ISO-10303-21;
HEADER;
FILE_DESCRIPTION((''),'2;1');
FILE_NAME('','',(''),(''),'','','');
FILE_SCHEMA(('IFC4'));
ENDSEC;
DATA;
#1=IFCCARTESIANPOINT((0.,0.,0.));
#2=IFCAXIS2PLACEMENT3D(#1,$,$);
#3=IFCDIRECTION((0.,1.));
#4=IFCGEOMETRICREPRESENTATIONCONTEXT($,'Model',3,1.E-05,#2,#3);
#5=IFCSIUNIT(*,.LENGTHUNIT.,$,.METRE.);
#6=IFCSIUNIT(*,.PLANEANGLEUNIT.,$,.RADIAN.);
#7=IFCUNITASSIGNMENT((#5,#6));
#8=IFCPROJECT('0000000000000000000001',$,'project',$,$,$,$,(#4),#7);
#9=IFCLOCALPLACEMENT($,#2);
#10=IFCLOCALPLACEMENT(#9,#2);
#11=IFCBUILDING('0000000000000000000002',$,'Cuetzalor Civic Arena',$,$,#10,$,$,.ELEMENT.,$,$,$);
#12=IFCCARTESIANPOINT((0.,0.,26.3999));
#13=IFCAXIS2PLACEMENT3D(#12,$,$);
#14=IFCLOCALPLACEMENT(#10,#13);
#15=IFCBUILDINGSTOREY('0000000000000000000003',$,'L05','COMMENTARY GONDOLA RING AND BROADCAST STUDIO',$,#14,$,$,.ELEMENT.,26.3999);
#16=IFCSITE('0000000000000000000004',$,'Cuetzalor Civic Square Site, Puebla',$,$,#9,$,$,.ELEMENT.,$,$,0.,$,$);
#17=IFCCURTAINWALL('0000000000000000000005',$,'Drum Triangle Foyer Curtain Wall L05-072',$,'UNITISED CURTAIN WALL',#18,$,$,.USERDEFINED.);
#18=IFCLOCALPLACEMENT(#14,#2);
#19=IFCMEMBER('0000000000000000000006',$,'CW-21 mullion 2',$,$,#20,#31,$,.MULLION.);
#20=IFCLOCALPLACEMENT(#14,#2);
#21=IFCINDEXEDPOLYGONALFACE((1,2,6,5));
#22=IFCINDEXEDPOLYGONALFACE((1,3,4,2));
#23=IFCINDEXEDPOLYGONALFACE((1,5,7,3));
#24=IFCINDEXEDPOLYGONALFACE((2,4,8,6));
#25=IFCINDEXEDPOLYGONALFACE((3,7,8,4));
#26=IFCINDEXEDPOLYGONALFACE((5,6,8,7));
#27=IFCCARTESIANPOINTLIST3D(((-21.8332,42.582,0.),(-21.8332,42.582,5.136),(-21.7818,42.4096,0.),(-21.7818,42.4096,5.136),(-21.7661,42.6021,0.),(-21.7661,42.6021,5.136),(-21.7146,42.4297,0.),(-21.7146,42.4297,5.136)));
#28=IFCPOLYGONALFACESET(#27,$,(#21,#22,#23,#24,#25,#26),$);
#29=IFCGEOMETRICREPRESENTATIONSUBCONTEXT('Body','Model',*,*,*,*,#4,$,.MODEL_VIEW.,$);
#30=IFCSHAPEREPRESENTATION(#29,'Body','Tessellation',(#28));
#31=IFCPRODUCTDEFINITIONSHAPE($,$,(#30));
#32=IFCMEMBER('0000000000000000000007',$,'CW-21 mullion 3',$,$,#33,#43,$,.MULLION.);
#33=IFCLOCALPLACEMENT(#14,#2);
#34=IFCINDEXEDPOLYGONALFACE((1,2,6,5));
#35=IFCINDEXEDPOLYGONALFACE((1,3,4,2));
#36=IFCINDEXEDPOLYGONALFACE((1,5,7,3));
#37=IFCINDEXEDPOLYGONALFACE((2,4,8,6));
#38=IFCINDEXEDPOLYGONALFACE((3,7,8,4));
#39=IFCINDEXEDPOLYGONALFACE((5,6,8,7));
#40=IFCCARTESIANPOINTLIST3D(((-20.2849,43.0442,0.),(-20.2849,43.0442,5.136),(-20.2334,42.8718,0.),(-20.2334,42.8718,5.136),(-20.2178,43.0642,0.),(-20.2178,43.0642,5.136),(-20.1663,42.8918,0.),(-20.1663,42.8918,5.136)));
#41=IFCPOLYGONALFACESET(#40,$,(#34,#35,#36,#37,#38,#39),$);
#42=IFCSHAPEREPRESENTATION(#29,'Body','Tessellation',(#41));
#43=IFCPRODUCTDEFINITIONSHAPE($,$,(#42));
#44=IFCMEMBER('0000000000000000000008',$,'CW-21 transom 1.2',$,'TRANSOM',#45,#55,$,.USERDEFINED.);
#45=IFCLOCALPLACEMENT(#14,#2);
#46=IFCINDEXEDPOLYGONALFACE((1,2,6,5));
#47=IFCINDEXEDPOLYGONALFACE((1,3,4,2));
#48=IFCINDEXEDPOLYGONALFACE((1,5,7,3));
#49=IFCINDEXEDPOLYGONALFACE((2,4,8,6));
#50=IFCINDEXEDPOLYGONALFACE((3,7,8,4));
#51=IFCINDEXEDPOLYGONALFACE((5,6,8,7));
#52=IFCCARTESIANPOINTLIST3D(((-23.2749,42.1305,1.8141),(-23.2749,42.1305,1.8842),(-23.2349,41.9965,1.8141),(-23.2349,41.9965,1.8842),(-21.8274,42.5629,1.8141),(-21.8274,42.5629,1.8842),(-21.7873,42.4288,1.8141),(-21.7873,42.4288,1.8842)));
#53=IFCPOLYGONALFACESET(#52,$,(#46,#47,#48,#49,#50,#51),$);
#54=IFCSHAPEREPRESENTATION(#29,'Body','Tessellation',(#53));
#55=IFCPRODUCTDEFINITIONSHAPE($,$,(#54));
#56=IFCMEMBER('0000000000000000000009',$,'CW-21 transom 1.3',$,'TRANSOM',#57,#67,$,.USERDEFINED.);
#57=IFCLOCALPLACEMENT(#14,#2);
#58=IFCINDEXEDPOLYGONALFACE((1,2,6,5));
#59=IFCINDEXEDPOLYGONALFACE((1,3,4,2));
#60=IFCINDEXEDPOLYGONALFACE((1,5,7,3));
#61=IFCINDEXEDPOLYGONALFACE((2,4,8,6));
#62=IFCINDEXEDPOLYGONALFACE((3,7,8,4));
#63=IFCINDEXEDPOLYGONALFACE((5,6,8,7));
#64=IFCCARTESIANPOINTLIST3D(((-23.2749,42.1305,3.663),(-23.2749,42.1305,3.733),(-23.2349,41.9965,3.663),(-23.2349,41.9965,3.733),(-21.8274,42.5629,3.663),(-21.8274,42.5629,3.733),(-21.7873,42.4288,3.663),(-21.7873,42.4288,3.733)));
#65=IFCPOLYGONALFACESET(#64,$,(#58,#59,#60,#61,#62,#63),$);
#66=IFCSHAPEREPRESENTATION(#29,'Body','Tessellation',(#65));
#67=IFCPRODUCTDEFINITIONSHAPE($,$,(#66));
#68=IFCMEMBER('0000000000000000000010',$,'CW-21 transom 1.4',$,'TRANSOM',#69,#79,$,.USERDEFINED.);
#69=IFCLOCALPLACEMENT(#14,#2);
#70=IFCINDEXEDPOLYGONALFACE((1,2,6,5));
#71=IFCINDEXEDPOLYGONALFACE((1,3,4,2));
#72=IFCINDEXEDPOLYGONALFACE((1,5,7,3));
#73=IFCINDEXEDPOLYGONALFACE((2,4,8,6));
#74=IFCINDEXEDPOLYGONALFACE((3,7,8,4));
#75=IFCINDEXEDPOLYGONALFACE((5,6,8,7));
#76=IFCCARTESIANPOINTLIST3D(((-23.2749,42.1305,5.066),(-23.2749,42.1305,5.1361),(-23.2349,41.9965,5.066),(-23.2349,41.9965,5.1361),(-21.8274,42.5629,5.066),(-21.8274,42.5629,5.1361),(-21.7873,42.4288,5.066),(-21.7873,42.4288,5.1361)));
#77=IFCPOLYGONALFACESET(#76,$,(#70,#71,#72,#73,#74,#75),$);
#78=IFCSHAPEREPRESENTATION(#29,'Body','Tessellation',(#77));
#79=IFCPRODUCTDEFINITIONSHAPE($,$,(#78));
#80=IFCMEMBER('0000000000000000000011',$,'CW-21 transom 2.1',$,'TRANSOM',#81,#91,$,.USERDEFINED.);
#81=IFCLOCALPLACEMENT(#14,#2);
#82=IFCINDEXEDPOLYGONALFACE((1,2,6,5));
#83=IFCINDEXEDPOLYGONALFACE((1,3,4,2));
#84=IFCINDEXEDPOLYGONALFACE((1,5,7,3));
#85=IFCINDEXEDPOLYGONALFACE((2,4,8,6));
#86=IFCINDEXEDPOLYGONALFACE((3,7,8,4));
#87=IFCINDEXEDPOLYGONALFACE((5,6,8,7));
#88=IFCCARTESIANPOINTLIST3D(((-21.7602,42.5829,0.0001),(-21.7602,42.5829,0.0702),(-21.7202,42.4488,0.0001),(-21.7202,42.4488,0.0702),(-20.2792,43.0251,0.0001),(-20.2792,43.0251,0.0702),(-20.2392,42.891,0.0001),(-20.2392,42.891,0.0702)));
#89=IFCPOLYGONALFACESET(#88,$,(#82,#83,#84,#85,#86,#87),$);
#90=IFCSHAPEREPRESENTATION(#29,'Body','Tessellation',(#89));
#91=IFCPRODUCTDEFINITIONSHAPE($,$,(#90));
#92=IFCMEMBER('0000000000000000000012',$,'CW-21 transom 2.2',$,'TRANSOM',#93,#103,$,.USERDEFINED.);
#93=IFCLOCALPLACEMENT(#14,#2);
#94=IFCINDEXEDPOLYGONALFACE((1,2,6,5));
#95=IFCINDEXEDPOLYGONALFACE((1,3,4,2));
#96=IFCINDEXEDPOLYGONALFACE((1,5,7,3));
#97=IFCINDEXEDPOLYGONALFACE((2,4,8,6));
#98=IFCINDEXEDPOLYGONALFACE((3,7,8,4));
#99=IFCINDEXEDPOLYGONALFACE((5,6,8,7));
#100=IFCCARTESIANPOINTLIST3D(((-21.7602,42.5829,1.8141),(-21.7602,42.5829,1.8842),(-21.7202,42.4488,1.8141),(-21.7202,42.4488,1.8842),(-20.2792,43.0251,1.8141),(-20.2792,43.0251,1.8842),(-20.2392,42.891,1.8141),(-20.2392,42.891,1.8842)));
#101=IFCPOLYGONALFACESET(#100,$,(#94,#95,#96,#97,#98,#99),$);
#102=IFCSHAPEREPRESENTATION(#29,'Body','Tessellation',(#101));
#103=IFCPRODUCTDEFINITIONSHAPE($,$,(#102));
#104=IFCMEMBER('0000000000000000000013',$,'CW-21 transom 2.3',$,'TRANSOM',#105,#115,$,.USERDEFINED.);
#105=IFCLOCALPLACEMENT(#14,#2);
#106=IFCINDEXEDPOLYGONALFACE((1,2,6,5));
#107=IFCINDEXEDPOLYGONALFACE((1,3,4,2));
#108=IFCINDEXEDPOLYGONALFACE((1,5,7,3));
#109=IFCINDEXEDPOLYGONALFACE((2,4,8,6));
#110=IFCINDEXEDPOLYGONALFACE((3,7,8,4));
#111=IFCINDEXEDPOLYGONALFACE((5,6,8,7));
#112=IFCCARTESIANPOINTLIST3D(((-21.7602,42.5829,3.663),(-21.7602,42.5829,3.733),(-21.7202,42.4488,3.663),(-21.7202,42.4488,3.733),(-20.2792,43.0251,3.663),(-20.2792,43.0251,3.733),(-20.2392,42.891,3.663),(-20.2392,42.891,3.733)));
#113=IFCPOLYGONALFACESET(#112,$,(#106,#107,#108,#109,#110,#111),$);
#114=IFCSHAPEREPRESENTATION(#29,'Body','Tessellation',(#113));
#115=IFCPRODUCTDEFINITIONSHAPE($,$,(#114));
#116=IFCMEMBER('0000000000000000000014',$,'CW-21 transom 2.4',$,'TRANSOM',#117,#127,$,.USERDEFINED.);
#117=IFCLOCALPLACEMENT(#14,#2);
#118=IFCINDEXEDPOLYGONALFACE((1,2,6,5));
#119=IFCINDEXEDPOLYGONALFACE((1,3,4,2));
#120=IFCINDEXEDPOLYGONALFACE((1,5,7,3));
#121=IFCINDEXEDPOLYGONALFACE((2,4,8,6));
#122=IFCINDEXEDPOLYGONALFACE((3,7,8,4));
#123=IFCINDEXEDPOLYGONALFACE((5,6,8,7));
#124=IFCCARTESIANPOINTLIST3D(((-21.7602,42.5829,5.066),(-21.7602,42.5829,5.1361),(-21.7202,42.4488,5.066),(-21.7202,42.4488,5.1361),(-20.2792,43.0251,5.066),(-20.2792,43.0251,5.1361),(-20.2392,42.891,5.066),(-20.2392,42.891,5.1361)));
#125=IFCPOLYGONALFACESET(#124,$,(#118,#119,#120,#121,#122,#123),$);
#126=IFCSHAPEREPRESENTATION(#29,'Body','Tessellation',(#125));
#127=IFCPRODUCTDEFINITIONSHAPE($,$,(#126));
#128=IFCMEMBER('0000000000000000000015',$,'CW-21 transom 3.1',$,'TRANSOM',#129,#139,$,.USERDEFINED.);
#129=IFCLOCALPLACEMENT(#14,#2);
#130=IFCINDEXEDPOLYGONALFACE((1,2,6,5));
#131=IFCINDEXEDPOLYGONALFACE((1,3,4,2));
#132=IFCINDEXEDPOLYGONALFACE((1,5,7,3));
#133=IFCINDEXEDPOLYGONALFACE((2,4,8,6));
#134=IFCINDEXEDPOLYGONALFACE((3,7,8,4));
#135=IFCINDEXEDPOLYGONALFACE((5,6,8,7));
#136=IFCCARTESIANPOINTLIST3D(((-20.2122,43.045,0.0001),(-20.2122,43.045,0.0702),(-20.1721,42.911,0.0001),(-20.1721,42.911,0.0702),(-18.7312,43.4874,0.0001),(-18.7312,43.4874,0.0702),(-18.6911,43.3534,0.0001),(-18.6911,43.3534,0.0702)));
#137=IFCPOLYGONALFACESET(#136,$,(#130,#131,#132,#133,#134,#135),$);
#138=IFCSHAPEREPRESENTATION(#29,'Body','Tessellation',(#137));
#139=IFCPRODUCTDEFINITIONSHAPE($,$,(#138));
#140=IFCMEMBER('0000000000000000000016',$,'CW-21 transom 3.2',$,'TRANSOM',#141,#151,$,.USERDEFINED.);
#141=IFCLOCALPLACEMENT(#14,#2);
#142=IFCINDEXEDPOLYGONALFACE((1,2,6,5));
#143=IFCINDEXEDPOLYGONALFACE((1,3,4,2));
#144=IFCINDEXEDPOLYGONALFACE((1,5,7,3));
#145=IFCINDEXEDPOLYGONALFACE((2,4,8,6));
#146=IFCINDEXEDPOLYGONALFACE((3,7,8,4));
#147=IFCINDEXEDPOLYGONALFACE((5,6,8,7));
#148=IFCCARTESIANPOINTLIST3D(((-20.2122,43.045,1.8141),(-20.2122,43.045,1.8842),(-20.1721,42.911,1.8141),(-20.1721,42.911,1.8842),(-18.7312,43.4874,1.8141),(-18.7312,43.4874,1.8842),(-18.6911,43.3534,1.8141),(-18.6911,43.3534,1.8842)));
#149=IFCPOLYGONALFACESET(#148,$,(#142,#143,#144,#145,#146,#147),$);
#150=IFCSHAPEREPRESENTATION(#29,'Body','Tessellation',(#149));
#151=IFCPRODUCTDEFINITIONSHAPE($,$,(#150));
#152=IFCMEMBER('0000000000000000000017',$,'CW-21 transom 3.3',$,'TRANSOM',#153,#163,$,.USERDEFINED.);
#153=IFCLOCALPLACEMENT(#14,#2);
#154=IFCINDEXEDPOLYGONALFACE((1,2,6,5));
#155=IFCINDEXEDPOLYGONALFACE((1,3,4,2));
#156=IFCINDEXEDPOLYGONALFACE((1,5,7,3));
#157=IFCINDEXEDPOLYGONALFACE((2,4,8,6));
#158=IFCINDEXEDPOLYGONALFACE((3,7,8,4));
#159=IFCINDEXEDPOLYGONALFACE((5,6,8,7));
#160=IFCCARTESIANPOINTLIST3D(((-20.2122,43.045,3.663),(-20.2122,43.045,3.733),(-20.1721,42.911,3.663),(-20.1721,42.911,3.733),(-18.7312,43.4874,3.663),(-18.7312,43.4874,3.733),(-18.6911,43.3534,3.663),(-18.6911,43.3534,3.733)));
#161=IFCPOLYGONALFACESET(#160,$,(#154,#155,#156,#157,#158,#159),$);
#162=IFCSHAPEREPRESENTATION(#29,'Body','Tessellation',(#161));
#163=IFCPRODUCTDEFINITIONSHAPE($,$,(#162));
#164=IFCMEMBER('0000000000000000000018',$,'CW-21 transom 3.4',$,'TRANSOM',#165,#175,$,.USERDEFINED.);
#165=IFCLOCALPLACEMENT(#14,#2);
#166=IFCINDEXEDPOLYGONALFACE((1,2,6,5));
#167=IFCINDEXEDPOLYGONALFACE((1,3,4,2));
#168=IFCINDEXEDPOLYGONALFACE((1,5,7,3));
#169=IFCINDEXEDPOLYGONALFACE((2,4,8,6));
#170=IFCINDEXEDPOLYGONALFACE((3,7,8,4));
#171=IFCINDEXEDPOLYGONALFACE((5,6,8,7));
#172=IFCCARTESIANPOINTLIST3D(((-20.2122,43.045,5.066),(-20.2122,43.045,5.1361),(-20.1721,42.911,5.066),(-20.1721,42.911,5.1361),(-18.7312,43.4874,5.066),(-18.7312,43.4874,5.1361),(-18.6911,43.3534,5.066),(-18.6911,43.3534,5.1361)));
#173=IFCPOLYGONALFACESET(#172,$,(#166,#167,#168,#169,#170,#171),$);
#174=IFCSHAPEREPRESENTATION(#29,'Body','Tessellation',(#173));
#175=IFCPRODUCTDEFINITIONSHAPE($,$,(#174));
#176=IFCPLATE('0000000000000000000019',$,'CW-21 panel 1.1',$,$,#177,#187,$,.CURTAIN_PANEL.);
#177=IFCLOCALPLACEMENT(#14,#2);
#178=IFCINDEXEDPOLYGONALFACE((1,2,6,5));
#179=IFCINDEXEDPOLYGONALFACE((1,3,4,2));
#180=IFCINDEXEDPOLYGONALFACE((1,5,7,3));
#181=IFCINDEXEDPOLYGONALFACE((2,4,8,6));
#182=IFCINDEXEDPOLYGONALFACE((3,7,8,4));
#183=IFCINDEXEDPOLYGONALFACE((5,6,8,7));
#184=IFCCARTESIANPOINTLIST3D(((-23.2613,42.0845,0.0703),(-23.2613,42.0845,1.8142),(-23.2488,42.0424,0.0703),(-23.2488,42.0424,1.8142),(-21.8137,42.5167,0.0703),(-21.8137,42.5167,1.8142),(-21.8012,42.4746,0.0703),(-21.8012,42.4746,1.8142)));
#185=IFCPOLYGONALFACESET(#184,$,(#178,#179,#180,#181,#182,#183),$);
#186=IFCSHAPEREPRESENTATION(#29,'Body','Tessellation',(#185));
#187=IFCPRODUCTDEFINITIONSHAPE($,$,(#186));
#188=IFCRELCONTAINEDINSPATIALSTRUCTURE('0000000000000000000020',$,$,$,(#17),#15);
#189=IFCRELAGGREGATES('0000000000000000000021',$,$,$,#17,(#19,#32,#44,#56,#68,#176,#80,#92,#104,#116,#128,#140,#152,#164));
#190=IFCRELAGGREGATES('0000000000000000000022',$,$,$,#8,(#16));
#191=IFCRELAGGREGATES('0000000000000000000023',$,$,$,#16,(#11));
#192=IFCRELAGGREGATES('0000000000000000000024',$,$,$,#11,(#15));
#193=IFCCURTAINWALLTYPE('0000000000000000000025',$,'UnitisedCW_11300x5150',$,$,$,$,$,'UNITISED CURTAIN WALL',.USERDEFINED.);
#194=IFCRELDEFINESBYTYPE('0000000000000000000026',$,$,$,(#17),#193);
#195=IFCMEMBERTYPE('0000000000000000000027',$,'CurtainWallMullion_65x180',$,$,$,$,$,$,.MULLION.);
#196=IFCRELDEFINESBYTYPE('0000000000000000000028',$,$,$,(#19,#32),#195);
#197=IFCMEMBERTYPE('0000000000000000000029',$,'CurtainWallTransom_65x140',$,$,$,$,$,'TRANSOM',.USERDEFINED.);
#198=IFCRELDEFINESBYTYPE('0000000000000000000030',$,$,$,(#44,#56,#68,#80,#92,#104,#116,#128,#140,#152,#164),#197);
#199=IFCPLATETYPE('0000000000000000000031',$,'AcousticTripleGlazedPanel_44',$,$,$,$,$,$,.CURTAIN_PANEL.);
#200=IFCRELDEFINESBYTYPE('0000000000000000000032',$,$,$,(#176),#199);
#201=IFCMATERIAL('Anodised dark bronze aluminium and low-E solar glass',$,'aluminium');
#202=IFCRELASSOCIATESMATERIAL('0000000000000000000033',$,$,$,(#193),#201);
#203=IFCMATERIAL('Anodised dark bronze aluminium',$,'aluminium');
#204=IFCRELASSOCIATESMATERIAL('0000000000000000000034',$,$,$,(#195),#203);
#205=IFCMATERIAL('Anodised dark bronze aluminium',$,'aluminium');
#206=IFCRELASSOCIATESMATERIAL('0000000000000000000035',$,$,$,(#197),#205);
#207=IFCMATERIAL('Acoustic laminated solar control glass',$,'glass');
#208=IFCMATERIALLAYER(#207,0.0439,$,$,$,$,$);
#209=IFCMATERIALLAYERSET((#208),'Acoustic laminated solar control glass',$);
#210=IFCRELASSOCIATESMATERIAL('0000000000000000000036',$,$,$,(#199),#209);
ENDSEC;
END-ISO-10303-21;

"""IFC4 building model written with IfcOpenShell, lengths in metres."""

from ifc_helpers import new_model, si_unit, direction, frame, origin, origin_2d, place, context, subcontext, project, spatial, rectangle, extrude, material, layer, layer_set, material_profile, profile_set, type_object, element, aggregate, save


model = new_model("IFC4")

# Units and contexts
model_context = context("Model", 3, precision=1e-05, world=origin(), true_north=direction((0.0, 1.0)))
body_context = subcontext(model_context, "Body", "Model", "MODEL_VIEW")
ifc_project = project(units=[si_unit("LENGTHUNIT", "METRE"), si_unit("PLANEANGLEUNIT", "RADIAN")], contexts=[model_context])

# Site, building, storey
site_placement = place(None, origin())
site = spatial("IfcSite", under=ifc_project, at=site_placement, Name="Cuetzalor Civic Square Site, Puebla", CompositionType="ELEMENT", RefElevation=0.0)
building_placement = place(site_placement, origin())
building = spatial("IfcBuilding", under=site, at=building_placement, Name="Cuetzalor Civic Arena", CompositionType="ELEMENT")
storey_placement = place(building_placement, frame((0.0, 0.0, 26.3999)))
storey = spatial("IfcBuildingStorey", under=building, at=storey_placement, Name="L05", Description="COMMENTARY GONDOLA RING AND BROADCAST STUDIO", CompositionType="ELEMENT", Elevation=26.3999)

# Curtain wall, members, plate
ifc_material_1 = material(Name="Anodised dark bronze aluminium and low-E solar glass", Category="aluminium")
curtain_wall_type = type_object("IfcCurtainWallType", Name="UnitisedCW_11300x5150", ElementType="UNITISED CURTAIN WALL", PredefinedType="USERDEFINED", material=ifc_material_1)
curtain_wall_placement = place(storey_placement, origin())
curtain_wall = element("IfcCurtainWall", 1, at=curtain_wall_placement, inside=storey, type_object=curtain_wall_type, Name="Drum Triangle Foyer Curtain Wall L05-072", ObjectType="UNITISED CURTAIN WALL", PredefinedType="USERDEFINED")
ifc_material_2 = material(Name="Anodised dark bronze aluminium", Category="aluminium")
ifc_material_profile_1 = material_profile(ifc_material_2, rectangle(XDim=0.0701, YDim=0.1799, at=origin_2d()), Name="ALU MULLION 70x180")
ifc_profile_set_1 = profile_set([ifc_material_profile_1], Name="Anodised dark bronze aluminium")
member_type_1 = type_object("IfcMemberType", Name="CurtainWallMullion_65x180", PredefinedType="MULLION", material=ifc_profile_set_1)
member_1_placement = place(storey_placement, frame((-21.7739, 42.5059, 0.0), z_axis=(0.0, 0.0, 1.0), x_axis=(0.958194, 0.28612, 0.0)))
member_1 = element("IfcMember", 2, at=member_1_placement, type_object=member_type_1, Name="CW-21 mullion 2", PredefinedType="MULLION", context=body_context, shape_type="SweptSolid", body=[
    extrude(rectangle(XDim=0.0701, YDim=0.1799, at=origin_2d()), origin(), (0.0, 0.0, 1.0), 5.136),
])
member_2_placement = place(storey_placement, frame((-20.2256, 42.968, 0.0), z_axis=(0.0, 0.0, 1.0), x_axis=(0.958194, 0.28612, 0.0)))
member_2 = element("IfcMember", 3, at=member_2_placement, type_object=member_type_1, Name="CW-21 mullion 3", PredefinedType="MULLION", context=body_context, shape_type="SweptSolid", body=[
    extrude(rectangle(XDim=0.0701, YDim=0.1799, at=origin_2d()), origin(), (0.0, 0.0, 1.0), 5.136),
])
ifc_material_3 = material(Name="Anodised dark bronze aluminium", Category="aluminium")
ifc_material_profile_2 = material_profile(ifc_material_3, rectangle(XDim=0.1399, YDim=0.0701, at=origin_2d()), Name="ALU TRANSOM 70x140")
ifc_profile_set_2 = profile_set([ifc_material_profile_2], Name="Anodised dark bronze aluminium")
member_type_2 = type_object("IfcMemberType", Name="CurtainWallTransom_65x140", ElementType="TRANSOM", PredefinedType="USERDEFINED", material=ifc_profile_set_2)
member_3_placement = place(storey_placement, frame((-23.2549, 42.0635, 1.8491), z_axis=(0.958168, 0.286206, 0.0), x_axis=(-0.286206, 0.958168, 0.0)))
member_3 = element("IfcMember", 4, at=member_3_placement, type_object=member_type_2, Name="CW-21 transom 1.2", ObjectType="TRANSOM", PredefinedType="USERDEFINED", context=body_context, shape_type="SweptSolid", body=[
    extrude(rectangle(XDim=0.1399, YDim=0.0701, at=origin_2d()), origin(), (0.0, 0.0, 1.0), 1.5107),
])
member_4_placement = place(storey_placement, frame((-23.2549, 42.0635, 3.698), z_axis=(0.958168, 0.286206, 0.0), x_axis=(-0.286206, 0.958168, 0.0)))
member_4 = element("IfcMember", 5, at=member_4_placement, type_object=member_type_2, Name="CW-21 transom 1.3", ObjectType="TRANSOM", PredefinedType="USERDEFINED", context=body_context, shape_type="SweptSolid", body=[
    extrude(rectangle(XDim=0.1399, YDim=0.0701, at=origin_2d()), origin(), (0.0, 0.0, 1.0), 1.5107),
])
member_5_placement = place(storey_placement, frame((-23.2549, 42.0635, 5.1011), z_axis=(0.958168, 0.286206, 0.0), x_axis=(-0.286206, 0.958168, 0.0)))
member_5 = element("IfcMember", 6, at=member_5_placement, type_object=member_type_2, Name="CW-21 transom 1.4", ObjectType="TRANSOM", PredefinedType="USERDEFINED", context=body_context, shape_type="SweptSolid", body=[
    extrude(rectangle(XDim=0.1399, YDim=0.0701, at=origin_2d()), origin(), (0.0, 0.0, 1.0), 1.5107),
])
member_6_placement = place(storey_placement, frame((-21.7402, 42.5159, 0.0352), z_axis=(0.958208, 0.286072, 0.0), x_axis=(-0.286072, 0.958208, 0.0)))
member_6 = element("IfcMember", 7, at=member_6_placement, type_object=member_type_2, Name="CW-21 transom 2.1", ObjectType="TRANSOM", PredefinedType="USERDEFINED", context=body_context, shape_type="SweptSolid", body=[
    extrude(rectangle(XDim=0.1399, YDim=0.0701, at=origin_2d()), origin(), (0.0, 0.0, 1.0), 1.5457),
])
member_7_placement = place(storey_placement, frame((-21.7402, 42.5159, 1.8491), z_axis=(0.958208, 0.286072, 0.0), x_axis=(-0.286072, 0.958208, 0.0)))
member_7 = element("IfcMember", 8, at=member_7_placement, type_object=member_type_2, Name="CW-21 transom 2.2", ObjectType="TRANSOM", PredefinedType="USERDEFINED", context=body_context, shape_type="SweptSolid", body=[
    extrude(rectangle(XDim=0.1399, YDim=0.0701, at=origin_2d()), origin(), (0.0, 0.0, 1.0), 1.5457),
])
member_8_placement = place(storey_placement, frame((-21.7402, 42.5159, 3.698), z_axis=(0.958208, 0.286072, 0.0), x_axis=(-0.286072, 0.958208, 0.0)))
member_8 = element("IfcMember", 9, at=member_8_placement, type_object=member_type_2, Name="CW-21 transom 2.3", ObjectType="TRANSOM", PredefinedType="USERDEFINED", context=body_context, shape_type="SweptSolid", body=[
    extrude(rectangle(XDim=0.1399, YDim=0.0701, at=origin_2d()), origin(), (0.0, 0.0, 1.0), 1.5457),
])
member_9_placement = place(storey_placement, frame((-21.7402, 42.5159, 5.1011), z_axis=(0.958208, 0.286072, 0.0), x_axis=(-0.286072, 0.958208, 0.0)))
member_9 = element("IfcMember", 10, at=member_9_placement, type_object=member_type_2, Name="CW-21 transom 2.4", ObjectType="TRANSOM", PredefinedType="USERDEFINED", context=body_context, shape_type="SweptSolid", body=[
    extrude(rectangle(XDim=0.1399, YDim=0.0701, at=origin_2d()), origin(), (0.0, 0.0, 1.0), 1.5457),
])
member_10_placement = place(storey_placement, frame((-20.1921, 42.978, 0.0352), z_axis=(0.958165, 0.286217, 0.0), x_axis=(-0.286217, 0.958165, 0.0)))
member_10 = element("IfcMember", 11, at=member_10_placement, type_object=member_type_2, Name="CW-21 transom 3.1", ObjectType="TRANSOM", PredefinedType="USERDEFINED", context=body_context, shape_type="SweptSolid", body=[
    extrude(rectangle(XDim=0.1399, YDim=0.0701, at=origin_2d()), origin(), (0.0, 0.0, 1.0), 1.5457),
])
member_11_placement = place(storey_placement, frame((-20.1921, 42.978, 1.8491), z_axis=(0.958165, 0.286217, 0.0), x_axis=(-0.286217, 0.958165, 0.0)))
member_11 = element("IfcMember", 12, at=member_11_placement, type_object=member_type_2, Name="CW-21 transom 3.2", ObjectType="TRANSOM", PredefinedType="USERDEFINED", context=body_context, shape_type="SweptSolid", body=[
    extrude(rectangle(XDim=0.1399, YDim=0.0701, at=origin_2d()), origin(), (0.0, 0.0, 1.0), 1.5457),
])
member_12_placement = place(storey_placement, frame((-20.1921, 42.978, 3.698), z_axis=(0.958165, 0.286217, 0.0), x_axis=(-0.286217, 0.958165, 0.0)))
member_12 = element("IfcMember", 13, at=member_12_placement, type_object=member_type_2, Name="CW-21 transom 3.3", ObjectType="TRANSOM", PredefinedType="USERDEFINED", context=body_context, shape_type="SweptSolid", body=[
    extrude(rectangle(XDim=0.1399, YDim=0.0701, at=origin_2d()), origin(), (0.0, 0.0, 1.0), 1.5457),
])
member_13_placement = place(storey_placement, frame((-20.1921, 42.978, 5.1011), z_axis=(0.958165, 0.286217, 0.0), x_axis=(-0.286217, 0.958165, 0.0)))
member_13 = element("IfcMember", 14, at=member_13_placement, type_object=member_type_2, Name="CW-21 transom 3.4", ObjectType="TRANSOM", PredefinedType="USERDEFINED", context=body_context, shape_type="SweptSolid", body=[
    extrude(rectangle(XDim=0.1399, YDim=0.0701, at=origin_2d()), origin(), (0.0, 0.0, 1.0), 1.5457),
])
ifc_material_4 = material(Name="Acoustic laminated solar control glass", Category="glass")
ifc_layer_1 = layer(ifc_material_4, 0.0439)
ifc_layer_set_1 = layer_set([ifc_layer_1], Name="Acoustic laminated solar control glass")
plate_type = type_object("IfcPlateType", Name="AcousticTripleGlazedPanel_44", PredefinedType="CURTAIN_PANEL", material=ifc_layer_set_1)
plate_1_placement = place(storey_placement, frame((-22.5312, 42.2795, 0.0703), z_axis=(0.0, 0.0, 1.0), x_axis=(0.958194, 0.28612, 0.0)))
plate_1 = element("IfcPlate", 15, at=plate_1_placement, type_object=plate_type, Name="CW-21 panel 1.1", PredefinedType="CURTAIN_PANEL", context=body_context, shape_type="SweptSolid", body=[
    extrude(rectangle(XDim=1.5107, YDim=0.0439, at=origin_2d()), origin(), (0.0, 0.0, 1.0), 1.7439),
])
aggregate(curtain_wall, [member_1, member_2, member_3, member_4, member_5, plate_1, member_6, member_7, member_8, member_9, member_10, member_11, member_12, member_13])

save(model, "model.ifc")
